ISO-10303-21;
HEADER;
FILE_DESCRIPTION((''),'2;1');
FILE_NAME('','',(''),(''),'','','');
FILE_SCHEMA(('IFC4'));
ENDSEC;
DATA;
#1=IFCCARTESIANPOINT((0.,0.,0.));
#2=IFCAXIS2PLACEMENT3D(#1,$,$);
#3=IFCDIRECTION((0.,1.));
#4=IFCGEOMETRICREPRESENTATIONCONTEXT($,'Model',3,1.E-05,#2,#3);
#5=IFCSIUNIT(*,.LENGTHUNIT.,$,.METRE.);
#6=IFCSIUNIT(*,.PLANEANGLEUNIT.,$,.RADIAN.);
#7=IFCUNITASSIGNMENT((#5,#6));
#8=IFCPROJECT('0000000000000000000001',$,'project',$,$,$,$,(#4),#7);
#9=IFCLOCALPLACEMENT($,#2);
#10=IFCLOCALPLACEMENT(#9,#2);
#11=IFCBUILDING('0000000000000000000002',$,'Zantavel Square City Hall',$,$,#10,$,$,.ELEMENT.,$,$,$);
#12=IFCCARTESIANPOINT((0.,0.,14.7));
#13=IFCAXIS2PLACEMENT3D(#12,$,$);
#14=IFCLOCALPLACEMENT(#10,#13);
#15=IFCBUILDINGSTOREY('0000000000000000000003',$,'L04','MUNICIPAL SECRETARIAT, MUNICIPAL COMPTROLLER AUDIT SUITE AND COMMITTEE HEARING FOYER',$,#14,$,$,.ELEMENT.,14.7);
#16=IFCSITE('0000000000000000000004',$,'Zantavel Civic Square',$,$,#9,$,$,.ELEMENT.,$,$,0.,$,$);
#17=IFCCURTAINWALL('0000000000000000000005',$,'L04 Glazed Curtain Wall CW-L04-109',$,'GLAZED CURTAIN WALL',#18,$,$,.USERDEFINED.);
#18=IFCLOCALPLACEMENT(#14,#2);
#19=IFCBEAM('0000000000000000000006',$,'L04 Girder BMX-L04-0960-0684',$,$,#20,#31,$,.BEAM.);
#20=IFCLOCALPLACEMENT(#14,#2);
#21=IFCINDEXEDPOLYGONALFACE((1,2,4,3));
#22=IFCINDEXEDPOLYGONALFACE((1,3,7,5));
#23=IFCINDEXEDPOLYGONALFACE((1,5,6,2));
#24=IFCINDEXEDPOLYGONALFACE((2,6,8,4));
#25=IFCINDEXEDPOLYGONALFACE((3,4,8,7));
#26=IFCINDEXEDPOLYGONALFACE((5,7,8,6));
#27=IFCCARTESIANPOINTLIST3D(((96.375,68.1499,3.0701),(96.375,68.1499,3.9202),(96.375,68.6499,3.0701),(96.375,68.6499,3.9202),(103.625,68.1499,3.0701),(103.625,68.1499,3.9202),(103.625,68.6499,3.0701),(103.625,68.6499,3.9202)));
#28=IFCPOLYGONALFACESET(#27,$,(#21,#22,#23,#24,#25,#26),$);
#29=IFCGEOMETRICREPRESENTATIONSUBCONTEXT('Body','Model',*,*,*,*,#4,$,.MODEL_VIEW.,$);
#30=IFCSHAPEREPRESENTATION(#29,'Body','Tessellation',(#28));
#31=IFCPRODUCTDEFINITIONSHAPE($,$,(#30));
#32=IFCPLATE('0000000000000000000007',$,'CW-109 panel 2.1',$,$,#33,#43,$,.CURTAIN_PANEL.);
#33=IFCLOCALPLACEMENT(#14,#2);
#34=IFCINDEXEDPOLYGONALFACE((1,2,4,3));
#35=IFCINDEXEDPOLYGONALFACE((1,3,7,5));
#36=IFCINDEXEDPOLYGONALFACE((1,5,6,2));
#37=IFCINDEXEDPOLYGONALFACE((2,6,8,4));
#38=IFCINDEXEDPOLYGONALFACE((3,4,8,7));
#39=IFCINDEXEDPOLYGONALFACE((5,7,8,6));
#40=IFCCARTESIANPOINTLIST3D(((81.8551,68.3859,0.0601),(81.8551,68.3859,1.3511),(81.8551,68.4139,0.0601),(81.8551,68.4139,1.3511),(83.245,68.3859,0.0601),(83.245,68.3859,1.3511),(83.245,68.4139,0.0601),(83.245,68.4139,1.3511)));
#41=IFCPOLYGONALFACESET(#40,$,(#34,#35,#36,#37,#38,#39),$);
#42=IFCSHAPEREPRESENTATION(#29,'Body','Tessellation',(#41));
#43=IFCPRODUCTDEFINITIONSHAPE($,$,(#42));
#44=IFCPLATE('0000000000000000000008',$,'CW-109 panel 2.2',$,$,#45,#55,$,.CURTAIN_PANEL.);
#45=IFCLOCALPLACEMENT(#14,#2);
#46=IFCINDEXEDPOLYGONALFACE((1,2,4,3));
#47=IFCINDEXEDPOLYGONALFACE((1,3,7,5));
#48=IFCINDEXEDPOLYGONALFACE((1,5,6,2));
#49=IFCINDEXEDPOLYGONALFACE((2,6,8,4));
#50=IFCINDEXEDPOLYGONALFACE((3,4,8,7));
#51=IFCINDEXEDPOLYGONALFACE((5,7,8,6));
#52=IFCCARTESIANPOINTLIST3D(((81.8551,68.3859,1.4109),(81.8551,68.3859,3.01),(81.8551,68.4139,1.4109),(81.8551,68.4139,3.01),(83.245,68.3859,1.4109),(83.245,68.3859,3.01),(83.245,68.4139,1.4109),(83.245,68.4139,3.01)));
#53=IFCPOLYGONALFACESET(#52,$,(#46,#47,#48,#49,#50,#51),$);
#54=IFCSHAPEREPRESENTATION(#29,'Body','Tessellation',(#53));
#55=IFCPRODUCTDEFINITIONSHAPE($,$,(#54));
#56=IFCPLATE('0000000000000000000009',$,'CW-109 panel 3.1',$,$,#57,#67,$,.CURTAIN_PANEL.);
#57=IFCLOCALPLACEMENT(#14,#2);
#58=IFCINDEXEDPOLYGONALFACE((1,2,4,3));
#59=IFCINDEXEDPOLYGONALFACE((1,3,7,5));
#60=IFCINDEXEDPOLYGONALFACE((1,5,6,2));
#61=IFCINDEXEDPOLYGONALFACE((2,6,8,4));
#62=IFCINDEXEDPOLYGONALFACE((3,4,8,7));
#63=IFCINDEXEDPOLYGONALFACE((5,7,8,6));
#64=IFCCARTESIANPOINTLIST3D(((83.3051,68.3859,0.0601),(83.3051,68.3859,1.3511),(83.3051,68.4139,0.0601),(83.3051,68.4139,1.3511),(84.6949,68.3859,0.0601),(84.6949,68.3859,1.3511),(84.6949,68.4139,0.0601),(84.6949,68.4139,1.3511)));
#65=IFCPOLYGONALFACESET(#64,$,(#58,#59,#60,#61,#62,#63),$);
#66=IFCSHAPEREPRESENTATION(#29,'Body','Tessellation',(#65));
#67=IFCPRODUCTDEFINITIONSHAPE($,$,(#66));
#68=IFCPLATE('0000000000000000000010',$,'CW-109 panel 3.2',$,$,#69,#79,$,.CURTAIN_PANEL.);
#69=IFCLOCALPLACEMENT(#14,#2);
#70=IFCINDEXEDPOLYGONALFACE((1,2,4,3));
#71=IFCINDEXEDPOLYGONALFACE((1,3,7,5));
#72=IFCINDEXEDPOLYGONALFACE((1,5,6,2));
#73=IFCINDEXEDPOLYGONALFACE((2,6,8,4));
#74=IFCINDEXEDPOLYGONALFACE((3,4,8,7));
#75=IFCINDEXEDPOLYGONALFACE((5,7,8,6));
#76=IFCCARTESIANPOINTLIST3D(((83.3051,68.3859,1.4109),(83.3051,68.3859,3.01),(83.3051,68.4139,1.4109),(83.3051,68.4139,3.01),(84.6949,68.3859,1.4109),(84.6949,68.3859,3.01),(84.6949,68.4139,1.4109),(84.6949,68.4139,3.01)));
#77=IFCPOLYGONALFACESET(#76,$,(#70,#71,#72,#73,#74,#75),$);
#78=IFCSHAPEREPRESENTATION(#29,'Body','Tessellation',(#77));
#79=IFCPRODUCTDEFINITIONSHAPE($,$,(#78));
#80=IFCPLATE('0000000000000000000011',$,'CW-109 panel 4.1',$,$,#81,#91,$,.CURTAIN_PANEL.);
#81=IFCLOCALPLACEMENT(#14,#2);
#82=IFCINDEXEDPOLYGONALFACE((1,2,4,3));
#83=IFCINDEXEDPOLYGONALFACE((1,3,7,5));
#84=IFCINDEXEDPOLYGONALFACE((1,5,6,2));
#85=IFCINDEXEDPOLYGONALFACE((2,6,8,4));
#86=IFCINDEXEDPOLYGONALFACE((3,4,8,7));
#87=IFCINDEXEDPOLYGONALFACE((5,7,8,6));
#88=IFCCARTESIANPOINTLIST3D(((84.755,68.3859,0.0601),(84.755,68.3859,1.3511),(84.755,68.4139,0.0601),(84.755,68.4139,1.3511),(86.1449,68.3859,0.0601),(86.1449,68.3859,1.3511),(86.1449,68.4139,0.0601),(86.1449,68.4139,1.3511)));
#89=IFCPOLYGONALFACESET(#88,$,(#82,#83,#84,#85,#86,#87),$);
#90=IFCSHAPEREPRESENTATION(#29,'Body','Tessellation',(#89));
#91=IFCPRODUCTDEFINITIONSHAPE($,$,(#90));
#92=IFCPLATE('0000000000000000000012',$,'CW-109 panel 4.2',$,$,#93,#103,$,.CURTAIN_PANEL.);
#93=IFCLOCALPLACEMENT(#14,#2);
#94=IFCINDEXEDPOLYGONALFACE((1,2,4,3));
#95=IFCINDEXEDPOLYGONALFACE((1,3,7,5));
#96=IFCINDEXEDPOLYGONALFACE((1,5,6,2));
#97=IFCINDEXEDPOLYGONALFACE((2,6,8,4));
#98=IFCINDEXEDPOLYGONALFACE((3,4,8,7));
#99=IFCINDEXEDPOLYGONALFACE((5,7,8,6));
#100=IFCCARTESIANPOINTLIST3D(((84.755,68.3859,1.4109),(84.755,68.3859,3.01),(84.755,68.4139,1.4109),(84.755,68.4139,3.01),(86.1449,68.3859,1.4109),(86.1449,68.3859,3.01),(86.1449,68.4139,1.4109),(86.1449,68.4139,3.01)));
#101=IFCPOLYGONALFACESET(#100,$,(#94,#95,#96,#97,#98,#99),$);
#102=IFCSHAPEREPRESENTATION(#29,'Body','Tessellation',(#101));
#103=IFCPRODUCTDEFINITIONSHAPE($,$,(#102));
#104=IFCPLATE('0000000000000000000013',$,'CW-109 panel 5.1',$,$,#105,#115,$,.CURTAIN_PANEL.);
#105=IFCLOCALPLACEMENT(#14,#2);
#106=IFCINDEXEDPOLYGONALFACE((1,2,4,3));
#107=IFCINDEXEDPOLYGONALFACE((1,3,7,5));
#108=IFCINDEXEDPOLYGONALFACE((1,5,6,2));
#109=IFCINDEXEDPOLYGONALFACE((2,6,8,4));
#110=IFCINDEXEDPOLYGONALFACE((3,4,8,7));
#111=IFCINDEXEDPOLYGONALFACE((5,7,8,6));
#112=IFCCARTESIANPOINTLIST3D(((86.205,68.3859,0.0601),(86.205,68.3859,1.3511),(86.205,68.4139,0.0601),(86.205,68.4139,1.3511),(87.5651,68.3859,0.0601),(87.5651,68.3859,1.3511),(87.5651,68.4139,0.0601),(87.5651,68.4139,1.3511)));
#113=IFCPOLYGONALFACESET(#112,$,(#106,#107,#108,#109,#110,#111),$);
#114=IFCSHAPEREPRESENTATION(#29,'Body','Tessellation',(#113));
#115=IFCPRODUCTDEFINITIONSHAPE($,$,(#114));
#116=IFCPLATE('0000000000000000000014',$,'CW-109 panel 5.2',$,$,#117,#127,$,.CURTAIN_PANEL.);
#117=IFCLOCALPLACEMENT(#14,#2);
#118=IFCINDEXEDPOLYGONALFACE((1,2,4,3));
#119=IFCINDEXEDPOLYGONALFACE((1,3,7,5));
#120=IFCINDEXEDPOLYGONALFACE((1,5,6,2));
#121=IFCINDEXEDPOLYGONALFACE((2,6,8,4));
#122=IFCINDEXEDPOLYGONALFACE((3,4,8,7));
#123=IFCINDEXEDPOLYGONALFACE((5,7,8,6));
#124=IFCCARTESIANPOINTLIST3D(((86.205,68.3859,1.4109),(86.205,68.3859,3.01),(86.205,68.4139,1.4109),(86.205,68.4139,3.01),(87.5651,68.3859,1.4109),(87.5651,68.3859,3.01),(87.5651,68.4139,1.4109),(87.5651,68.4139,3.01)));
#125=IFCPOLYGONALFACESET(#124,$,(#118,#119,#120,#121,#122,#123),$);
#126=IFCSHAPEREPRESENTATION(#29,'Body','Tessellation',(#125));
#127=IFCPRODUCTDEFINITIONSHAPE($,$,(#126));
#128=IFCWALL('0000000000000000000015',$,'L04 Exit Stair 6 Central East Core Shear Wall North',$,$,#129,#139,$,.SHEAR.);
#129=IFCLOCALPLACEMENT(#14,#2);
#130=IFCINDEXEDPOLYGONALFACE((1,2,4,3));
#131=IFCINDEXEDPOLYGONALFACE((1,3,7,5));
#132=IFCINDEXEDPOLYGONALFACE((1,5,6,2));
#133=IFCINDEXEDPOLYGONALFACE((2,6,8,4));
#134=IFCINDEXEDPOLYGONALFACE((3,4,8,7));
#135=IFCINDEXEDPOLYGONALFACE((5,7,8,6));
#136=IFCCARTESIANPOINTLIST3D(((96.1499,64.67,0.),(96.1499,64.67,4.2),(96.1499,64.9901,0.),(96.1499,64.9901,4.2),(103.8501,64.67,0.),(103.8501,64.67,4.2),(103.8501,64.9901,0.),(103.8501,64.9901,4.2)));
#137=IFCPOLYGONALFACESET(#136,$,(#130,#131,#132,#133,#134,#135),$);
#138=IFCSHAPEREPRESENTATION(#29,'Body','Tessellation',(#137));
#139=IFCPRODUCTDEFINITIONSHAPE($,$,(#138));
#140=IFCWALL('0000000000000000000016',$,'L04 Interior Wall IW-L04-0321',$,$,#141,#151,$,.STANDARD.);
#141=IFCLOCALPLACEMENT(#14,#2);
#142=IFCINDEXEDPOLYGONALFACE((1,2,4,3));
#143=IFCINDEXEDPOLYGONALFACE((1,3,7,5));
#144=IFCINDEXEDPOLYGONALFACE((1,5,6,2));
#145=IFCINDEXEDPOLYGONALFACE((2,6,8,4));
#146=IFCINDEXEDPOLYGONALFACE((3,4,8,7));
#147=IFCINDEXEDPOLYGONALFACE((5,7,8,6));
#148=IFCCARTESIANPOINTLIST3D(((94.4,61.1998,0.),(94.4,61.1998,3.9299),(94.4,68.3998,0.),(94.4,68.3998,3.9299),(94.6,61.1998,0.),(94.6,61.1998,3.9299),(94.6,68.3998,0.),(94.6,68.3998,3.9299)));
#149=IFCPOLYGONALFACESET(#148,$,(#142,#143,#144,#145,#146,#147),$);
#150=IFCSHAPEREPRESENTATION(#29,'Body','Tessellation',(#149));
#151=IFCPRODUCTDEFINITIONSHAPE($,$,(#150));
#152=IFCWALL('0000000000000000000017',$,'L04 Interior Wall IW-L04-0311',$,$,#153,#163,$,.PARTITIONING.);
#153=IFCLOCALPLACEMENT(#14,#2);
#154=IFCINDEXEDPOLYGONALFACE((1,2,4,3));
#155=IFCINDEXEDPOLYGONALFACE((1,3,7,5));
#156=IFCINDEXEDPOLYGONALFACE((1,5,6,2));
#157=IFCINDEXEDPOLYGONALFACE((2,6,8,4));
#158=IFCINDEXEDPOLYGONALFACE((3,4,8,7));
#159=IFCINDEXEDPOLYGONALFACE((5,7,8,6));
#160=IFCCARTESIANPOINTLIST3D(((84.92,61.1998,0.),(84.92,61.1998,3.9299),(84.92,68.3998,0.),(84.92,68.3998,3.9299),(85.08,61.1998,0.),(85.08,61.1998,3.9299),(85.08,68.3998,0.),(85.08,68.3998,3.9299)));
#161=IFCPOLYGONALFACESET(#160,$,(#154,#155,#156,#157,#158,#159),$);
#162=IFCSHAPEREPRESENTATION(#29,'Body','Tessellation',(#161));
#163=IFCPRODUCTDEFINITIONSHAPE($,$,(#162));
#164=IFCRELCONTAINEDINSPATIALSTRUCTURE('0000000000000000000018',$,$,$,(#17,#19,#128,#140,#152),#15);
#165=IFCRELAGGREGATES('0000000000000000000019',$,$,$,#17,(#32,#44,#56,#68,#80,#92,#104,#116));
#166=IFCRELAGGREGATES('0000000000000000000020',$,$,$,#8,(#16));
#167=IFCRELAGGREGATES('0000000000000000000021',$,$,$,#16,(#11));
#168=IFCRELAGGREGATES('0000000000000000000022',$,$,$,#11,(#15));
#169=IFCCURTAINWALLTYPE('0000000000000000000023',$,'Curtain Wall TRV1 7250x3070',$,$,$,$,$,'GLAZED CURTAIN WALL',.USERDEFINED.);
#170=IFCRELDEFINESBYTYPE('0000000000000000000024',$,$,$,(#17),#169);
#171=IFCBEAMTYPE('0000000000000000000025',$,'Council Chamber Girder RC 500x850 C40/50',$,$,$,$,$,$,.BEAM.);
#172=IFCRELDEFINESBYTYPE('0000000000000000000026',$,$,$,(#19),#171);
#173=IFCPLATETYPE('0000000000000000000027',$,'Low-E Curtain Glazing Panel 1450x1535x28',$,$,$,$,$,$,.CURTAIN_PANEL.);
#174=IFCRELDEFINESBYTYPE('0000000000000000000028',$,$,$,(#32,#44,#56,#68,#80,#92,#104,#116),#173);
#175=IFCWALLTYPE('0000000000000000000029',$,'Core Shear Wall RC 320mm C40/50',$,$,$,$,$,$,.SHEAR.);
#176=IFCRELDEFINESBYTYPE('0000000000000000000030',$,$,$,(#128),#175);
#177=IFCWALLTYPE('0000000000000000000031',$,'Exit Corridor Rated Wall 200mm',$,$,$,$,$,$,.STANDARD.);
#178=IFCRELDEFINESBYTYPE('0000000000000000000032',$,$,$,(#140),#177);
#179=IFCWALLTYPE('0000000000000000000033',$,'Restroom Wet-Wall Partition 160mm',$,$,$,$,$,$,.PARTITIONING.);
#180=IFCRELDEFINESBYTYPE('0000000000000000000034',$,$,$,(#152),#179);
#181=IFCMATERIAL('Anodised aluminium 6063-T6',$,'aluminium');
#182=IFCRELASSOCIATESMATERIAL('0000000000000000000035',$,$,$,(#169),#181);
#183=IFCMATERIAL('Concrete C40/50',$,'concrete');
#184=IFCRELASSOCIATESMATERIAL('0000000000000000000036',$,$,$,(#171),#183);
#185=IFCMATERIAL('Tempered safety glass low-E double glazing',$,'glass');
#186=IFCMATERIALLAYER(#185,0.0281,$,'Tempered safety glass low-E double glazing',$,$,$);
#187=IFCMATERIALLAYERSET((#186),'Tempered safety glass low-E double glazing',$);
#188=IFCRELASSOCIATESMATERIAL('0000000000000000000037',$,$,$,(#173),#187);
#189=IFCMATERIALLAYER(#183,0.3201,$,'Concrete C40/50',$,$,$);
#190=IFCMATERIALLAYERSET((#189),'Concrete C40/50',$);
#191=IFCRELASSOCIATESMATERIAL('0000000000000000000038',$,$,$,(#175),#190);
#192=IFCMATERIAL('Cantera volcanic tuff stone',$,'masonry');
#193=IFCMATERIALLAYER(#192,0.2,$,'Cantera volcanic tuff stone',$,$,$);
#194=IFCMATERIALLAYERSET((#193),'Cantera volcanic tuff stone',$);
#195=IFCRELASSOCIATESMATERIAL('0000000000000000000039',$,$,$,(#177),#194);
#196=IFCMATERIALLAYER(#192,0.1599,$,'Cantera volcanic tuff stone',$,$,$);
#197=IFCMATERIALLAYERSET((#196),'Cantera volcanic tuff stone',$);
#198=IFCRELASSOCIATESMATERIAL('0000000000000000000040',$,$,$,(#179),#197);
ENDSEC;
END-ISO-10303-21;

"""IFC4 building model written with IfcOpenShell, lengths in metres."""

from ifc_helpers import new_model, si_unit, direction, frame, frame_2d, origin, origin_2d, place, context, subcontext, project, spatial, rectangle, extrude, material, layer, layer_set, material_profile, profile_set, type_object, element, aggregate, save


model = new_model("IFC4")

# Units and contexts
model_context = context("Model", 3, precision=1e-05, world=origin(), true_north=direction((0.0, 1.0)))
body_context = subcontext(model_context, "Body", "Model", "MODEL_VIEW")
ifc_project = project(units=[si_unit("LENGTHUNIT", "METRE"), si_unit("PLANEANGLEUNIT", "RADIAN")], contexts=[model_context])

# Site, building, storey
site_placement = place(None, origin())
site = spatial("IfcSite", under=ifc_project, at=site_placement, Name="Zantavel Civic Square", CompositionType="ELEMENT", RefElevation=0.0)
building_placement = place(site_placement, origin())
building = spatial("IfcBuilding", under=site, at=building_placement, Name="Zantavel Square City Hall", CompositionType="ELEMENT")
storey_placement = place(building_placement, frame((0.0, 0.0, 14.7)))
storey = spatial("IfcBuildingStorey", under=building, at=storey_placement, Name="L04", Description="MUNICIPAL SECRETARIAT, MUNICIPAL COMPTROLLER AUDIT SUITE AND COMMITTEE HEARING FOYER", CompositionType="ELEMENT", Elevation=14.7)

# Shared definitions
ifc_material_1 = material(Name="Concrete C40/50", Category="concrete")

# Curtain wall
ifc_material_2 = material(Name="Anodised aluminium 6063-T6", Category="aluminium")
curtain_wall_type = type_object("IfcCurtainWallType", Name="Curtain Wall TRV1 7250x3070", ElementType="GLAZED CURTAIN WALL", PredefinedType="USERDEFINED", material=ifc_material_2)
curtain_wall_1_placement = place(storey_placement, origin())
curtain_wall_1 = element("IfcCurtainWall", 1, at=curtain_wall_1_placement, inside=storey, type_object=curtain_wall_type, Name="L04 Glazed Curtain Wall CW-L04-109", ObjectType="GLAZED CURTAIN WALL", PredefinedType="USERDEFINED")

# Beam
ifc_material_profile_1 = material_profile(ifc_material_1, rectangle(XDim=0.5, YDim=0.8501, at=origin_2d()), Name="RC 500x850")
ifc_profile_set_1 = profile_set([ifc_material_profile_1], Name="Concrete C40/50")
beam_type = type_object("IfcBeamType", Name="Council Chamber Girder RC 500x850 C40/50", PredefinedType="BEAM", material=ifc_profile_set_1)
for number, where, z_axis, x_axis, name in (
    (2, (96.375, 68.3999, 3.4951), (1.0, 0.0, 0.0), (0.0, 1.0, 0.0), "L04 Girder BMX-L04-0960-0684"),
):
    element("IfcBeam", number, at=place(storey_placement, frame(where, z_axis=z_axis, x_axis=x_axis)), inside=storey, type_object=beam_type, Name=name, PredefinedType="BEAM", context=body_context, shape_type="SweptSolid", body=[
        extrude(rectangle(XDim=0.5, YDim=0.8501, at=origin_2d()), origin(), (0.0, 0.0, 1.0), 7.25),
    ])

# Plates
ifc_material_3 = material(Name="Tempered safety glass low-E double glazing", Category="glass")
ifc_layer_1 = layer(ifc_material_3, 0.0281, Name="Tempered safety glass low-E double glazing")
ifc_layer_set_1 = layer_set([ifc_layer_1], Name="Tempered safety glass low-E double glazing")
plate_type = type_object("IfcPlateType", Name="Low-E Curtain Glazing Panel 1450x1535x28", PredefinedType="CURTAIN_PANEL", material=ifc_layer_set_1)
plate_1_placement = place(storey_placement, frame((82.55, 68.3999, 0.0601), z_axis=(0.0, 0.0, 1.0), x_axis=(1.0, 0.0, 0.0)))
plate_1 = element("IfcPlate", 3, at=plate_1_placement, type_object=plate_type, Name="CW-109 panel 2.1", PredefinedType="CURTAIN_PANEL", context=body_context, shape_type="SweptSolid", body=[
    extrude(rectangle(XDim=1.3899, YDim=0.0281, at=origin_2d()), origin(), (0.0, 0.0, 1.0), 1.291),
])
plate_2_placement = place(storey_placement, frame((82.55, 68.3999, 1.4109), z_axis=(0.0, 0.0, 1.0), x_axis=(1.0, 0.0, 0.0)))
plate_2 = element("IfcPlate", 4, at=plate_2_placement, type_object=plate_type, Name="CW-109 panel 2.2", PredefinedType="CURTAIN_PANEL", context=body_context, shape_type="SweptSolid", body=[
    extrude(rectangle(XDim=1.3899, YDim=0.0281, at=origin_2d()), origin(), (0.0, 0.0, 1.0), 1.5991),
])
plate_3_placement = place(storey_placement, frame((84.0, 68.3999, 0.0601), z_axis=(0.0, 0.0, 1.0), x_axis=(1.0, 0.0, 0.0)))
plate_3 = element("IfcPlate", 5, at=plate_3_placement, type_object=plate_type, Name="CW-109 panel 3.1", PredefinedType="CURTAIN_PANEL", context=body_context, shape_type="SweptSolid", body=[
    extrude(rectangle(XDim=1.3899, YDim=0.0281, at=origin_2d()), origin(), (0.0, 0.0, 1.0), 1.291),
])
plate_4_placement = place(storey_placement, frame((84.0, 68.3999, 1.4109), z_axis=(0.0, 0.0, 1.0), x_axis=(1.0, 0.0, 0.0)))
plate_4 = element("IfcPlate", 6, at=plate_4_placement, type_object=plate_type, Name="CW-109 panel 3.2", PredefinedType="CURTAIN_PANEL", context=body_context, shape_type="SweptSolid", body=[
    extrude(rectangle(XDim=1.3899, YDim=0.0281, at=origin_2d()), origin(), (0.0, 0.0, 1.0), 1.5991),
])
plate_5_placement = place(storey_placement, frame((85.45, 68.3999, 0.0601), z_axis=(0.0, 0.0, 1.0), x_axis=(1.0, 0.0, 0.0)))
plate_5 = element("IfcPlate", 7, at=plate_5_placement, type_object=plate_type, Name="CW-109 panel 4.1", PredefinedType="CURTAIN_PANEL", context=body_context, shape_type="SweptSolid", body=[
    extrude(rectangle(XDim=1.3899, YDim=0.0281, at=origin_2d()), origin(), (0.0, 0.0, 1.0), 1.291),
])
plate_6_placement = place(storey_placement, frame((85.45, 68.3999, 1.4109), z_axis=(0.0, 0.0, 1.0), x_axis=(1.0, 0.0, 0.0)))
plate_6 = element("IfcPlate", 8, at=plate_6_placement, type_object=plate_type, Name="CW-109 panel 4.2", PredefinedType="CURTAIN_PANEL", context=body_context, shape_type="SweptSolid", body=[
    extrude(rectangle(XDim=1.3899, YDim=0.0281, at=origin_2d()), origin(), (0.0, 0.0, 1.0), 1.5991),
])
plate_7_placement = place(storey_placement, frame((86.885, 68.3999, 0.0601), z_axis=(0.0, 0.0, 1.0), x_axis=(1.0, 0.0, 0.0)))
plate_7 = element("IfcPlate", 9, at=plate_7_placement, type_object=plate_type, Name="CW-109 panel 5.1", PredefinedType="CURTAIN_PANEL", context=body_context, shape_type="SweptSolid", body=[
    extrude(rectangle(XDim=1.3601, YDim=0.0281, at=origin_2d()), origin(), (0.0, 0.0, 1.0), 1.291),
])
plate_8_placement = place(storey_placement, frame((86.885, 68.3999, 1.4109), z_axis=(0.0, 0.0, 1.0), x_axis=(1.0, 0.0, 0.0)))
plate_8 = element("IfcPlate", 10, at=plate_8_placement, type_object=plate_type, Name="CW-109 panel 5.2", PredefinedType="CURTAIN_PANEL", context=body_context, shape_type="SweptSolid", body=[
    extrude(rectangle(XDim=1.3601, YDim=0.0281, at=origin_2d()), origin(), (0.0, 0.0, 1.0), 1.5991),
])
aggregate(curtain_wall_1, [plate_1, plate_2, plate_3, plate_4, plate_5, plate_6, plate_7, plate_8])

# Walls
ifc_layer_2 = layer(ifc_material_1, 0.3201, Name="Concrete C40/50")
ifc_layer_set_2 = layer_set([ifc_layer_2], Name="Concrete C40/50")
wall_type_1 = type_object("IfcWallType", Name="Core Shear Wall RC 320mm C40/50", PredefinedType="SHEAR", material=ifc_layer_set_2)
wall_1_placement = place(storey_placement, frame((96.1499, 64.8301, 0.0), z_axis=(0.0, 0.0, 1.0), x_axis=(1.0, 0.0, 0.0)))
element("IfcWall", 11, at=wall_1_placement, inside=storey, type_object=wall_type_1, Name="L04 Exit Stair 6 Central East Core Shear Wall North", PredefinedType="SHEAR", context=body_context, shape_type="SweptSolid", body=[
    extrude(rectangle(XDim=7.7002, YDim=0.3201, at=frame_2d((3.8501, 0.0))), origin(), (0.0, 0.0, 1.0), 4.2),
])
ifc_material_4 = material(Name="Cantera volcanic tuff stone", Category="masonry")
ifc_layer_3 = layer(ifc_material_4, 0.2, Name="Cantera volcanic tuff stone")
ifc_layer_set_3 = layer_set([ifc_layer_3], Name="Cantera volcanic tuff stone")
wall_type_2 = type_object("IfcWallType", Name="Exit Corridor Rated Wall 200mm", PredefinedType="STANDARD", material=ifc_layer_set_3)
wall_2_placement = place(storey_placement, frame((94.5, 68.3999, 0.0), z_axis=(0.0, 0.0, 1.0), x_axis=(0.0, -1.0, 0.0)))
element("IfcWall", 12, at=wall_2_placement, inside=storey, type_object=wall_type_2, Name="L04 Interior Wall IW-L04-0321", PredefinedType="STANDARD", context=body_context, shape_type="SweptSolid", body=[
    extrude(rectangle(XDim=7.2, YDim=0.2, at=frame_2d((3.6001, 0.0))), origin(), (0.0, 0.0, 1.0), 3.9299),
])
ifc_layer_4 = layer(ifc_material_4, 0.1599, Name="Cantera volcanic tuff stone")
ifc_layer_set_4 = layer_set([ifc_layer_4], Name="Cantera volcanic tuff stone")
wall_type_3 = type_object("IfcWallType", Name="Restroom Wet-Wall Partition 160mm", PredefinedType="PARTITIONING", material=ifc_layer_set_4)
wall_3_placement = place(storey_placement, frame((85.0, 68.3999, 0.0), z_axis=(0.0, 0.0, 1.0), x_axis=(0.0, -1.0, 0.0)))
element("IfcWall", 13, at=wall_3_placement, inside=storey, type_object=wall_type_3, Name="L04 Interior Wall IW-L04-0311", PredefinedType="PARTITIONING", context=body_context, shape_type="SweptSolid", body=[
    extrude(rectangle(XDim=7.2, YDim=0.1599, at=frame_2d((3.6001, 0.0))), origin(), (0.0, 0.0, 1.0), 3.9299),
])

save(model, "model.ifc")
